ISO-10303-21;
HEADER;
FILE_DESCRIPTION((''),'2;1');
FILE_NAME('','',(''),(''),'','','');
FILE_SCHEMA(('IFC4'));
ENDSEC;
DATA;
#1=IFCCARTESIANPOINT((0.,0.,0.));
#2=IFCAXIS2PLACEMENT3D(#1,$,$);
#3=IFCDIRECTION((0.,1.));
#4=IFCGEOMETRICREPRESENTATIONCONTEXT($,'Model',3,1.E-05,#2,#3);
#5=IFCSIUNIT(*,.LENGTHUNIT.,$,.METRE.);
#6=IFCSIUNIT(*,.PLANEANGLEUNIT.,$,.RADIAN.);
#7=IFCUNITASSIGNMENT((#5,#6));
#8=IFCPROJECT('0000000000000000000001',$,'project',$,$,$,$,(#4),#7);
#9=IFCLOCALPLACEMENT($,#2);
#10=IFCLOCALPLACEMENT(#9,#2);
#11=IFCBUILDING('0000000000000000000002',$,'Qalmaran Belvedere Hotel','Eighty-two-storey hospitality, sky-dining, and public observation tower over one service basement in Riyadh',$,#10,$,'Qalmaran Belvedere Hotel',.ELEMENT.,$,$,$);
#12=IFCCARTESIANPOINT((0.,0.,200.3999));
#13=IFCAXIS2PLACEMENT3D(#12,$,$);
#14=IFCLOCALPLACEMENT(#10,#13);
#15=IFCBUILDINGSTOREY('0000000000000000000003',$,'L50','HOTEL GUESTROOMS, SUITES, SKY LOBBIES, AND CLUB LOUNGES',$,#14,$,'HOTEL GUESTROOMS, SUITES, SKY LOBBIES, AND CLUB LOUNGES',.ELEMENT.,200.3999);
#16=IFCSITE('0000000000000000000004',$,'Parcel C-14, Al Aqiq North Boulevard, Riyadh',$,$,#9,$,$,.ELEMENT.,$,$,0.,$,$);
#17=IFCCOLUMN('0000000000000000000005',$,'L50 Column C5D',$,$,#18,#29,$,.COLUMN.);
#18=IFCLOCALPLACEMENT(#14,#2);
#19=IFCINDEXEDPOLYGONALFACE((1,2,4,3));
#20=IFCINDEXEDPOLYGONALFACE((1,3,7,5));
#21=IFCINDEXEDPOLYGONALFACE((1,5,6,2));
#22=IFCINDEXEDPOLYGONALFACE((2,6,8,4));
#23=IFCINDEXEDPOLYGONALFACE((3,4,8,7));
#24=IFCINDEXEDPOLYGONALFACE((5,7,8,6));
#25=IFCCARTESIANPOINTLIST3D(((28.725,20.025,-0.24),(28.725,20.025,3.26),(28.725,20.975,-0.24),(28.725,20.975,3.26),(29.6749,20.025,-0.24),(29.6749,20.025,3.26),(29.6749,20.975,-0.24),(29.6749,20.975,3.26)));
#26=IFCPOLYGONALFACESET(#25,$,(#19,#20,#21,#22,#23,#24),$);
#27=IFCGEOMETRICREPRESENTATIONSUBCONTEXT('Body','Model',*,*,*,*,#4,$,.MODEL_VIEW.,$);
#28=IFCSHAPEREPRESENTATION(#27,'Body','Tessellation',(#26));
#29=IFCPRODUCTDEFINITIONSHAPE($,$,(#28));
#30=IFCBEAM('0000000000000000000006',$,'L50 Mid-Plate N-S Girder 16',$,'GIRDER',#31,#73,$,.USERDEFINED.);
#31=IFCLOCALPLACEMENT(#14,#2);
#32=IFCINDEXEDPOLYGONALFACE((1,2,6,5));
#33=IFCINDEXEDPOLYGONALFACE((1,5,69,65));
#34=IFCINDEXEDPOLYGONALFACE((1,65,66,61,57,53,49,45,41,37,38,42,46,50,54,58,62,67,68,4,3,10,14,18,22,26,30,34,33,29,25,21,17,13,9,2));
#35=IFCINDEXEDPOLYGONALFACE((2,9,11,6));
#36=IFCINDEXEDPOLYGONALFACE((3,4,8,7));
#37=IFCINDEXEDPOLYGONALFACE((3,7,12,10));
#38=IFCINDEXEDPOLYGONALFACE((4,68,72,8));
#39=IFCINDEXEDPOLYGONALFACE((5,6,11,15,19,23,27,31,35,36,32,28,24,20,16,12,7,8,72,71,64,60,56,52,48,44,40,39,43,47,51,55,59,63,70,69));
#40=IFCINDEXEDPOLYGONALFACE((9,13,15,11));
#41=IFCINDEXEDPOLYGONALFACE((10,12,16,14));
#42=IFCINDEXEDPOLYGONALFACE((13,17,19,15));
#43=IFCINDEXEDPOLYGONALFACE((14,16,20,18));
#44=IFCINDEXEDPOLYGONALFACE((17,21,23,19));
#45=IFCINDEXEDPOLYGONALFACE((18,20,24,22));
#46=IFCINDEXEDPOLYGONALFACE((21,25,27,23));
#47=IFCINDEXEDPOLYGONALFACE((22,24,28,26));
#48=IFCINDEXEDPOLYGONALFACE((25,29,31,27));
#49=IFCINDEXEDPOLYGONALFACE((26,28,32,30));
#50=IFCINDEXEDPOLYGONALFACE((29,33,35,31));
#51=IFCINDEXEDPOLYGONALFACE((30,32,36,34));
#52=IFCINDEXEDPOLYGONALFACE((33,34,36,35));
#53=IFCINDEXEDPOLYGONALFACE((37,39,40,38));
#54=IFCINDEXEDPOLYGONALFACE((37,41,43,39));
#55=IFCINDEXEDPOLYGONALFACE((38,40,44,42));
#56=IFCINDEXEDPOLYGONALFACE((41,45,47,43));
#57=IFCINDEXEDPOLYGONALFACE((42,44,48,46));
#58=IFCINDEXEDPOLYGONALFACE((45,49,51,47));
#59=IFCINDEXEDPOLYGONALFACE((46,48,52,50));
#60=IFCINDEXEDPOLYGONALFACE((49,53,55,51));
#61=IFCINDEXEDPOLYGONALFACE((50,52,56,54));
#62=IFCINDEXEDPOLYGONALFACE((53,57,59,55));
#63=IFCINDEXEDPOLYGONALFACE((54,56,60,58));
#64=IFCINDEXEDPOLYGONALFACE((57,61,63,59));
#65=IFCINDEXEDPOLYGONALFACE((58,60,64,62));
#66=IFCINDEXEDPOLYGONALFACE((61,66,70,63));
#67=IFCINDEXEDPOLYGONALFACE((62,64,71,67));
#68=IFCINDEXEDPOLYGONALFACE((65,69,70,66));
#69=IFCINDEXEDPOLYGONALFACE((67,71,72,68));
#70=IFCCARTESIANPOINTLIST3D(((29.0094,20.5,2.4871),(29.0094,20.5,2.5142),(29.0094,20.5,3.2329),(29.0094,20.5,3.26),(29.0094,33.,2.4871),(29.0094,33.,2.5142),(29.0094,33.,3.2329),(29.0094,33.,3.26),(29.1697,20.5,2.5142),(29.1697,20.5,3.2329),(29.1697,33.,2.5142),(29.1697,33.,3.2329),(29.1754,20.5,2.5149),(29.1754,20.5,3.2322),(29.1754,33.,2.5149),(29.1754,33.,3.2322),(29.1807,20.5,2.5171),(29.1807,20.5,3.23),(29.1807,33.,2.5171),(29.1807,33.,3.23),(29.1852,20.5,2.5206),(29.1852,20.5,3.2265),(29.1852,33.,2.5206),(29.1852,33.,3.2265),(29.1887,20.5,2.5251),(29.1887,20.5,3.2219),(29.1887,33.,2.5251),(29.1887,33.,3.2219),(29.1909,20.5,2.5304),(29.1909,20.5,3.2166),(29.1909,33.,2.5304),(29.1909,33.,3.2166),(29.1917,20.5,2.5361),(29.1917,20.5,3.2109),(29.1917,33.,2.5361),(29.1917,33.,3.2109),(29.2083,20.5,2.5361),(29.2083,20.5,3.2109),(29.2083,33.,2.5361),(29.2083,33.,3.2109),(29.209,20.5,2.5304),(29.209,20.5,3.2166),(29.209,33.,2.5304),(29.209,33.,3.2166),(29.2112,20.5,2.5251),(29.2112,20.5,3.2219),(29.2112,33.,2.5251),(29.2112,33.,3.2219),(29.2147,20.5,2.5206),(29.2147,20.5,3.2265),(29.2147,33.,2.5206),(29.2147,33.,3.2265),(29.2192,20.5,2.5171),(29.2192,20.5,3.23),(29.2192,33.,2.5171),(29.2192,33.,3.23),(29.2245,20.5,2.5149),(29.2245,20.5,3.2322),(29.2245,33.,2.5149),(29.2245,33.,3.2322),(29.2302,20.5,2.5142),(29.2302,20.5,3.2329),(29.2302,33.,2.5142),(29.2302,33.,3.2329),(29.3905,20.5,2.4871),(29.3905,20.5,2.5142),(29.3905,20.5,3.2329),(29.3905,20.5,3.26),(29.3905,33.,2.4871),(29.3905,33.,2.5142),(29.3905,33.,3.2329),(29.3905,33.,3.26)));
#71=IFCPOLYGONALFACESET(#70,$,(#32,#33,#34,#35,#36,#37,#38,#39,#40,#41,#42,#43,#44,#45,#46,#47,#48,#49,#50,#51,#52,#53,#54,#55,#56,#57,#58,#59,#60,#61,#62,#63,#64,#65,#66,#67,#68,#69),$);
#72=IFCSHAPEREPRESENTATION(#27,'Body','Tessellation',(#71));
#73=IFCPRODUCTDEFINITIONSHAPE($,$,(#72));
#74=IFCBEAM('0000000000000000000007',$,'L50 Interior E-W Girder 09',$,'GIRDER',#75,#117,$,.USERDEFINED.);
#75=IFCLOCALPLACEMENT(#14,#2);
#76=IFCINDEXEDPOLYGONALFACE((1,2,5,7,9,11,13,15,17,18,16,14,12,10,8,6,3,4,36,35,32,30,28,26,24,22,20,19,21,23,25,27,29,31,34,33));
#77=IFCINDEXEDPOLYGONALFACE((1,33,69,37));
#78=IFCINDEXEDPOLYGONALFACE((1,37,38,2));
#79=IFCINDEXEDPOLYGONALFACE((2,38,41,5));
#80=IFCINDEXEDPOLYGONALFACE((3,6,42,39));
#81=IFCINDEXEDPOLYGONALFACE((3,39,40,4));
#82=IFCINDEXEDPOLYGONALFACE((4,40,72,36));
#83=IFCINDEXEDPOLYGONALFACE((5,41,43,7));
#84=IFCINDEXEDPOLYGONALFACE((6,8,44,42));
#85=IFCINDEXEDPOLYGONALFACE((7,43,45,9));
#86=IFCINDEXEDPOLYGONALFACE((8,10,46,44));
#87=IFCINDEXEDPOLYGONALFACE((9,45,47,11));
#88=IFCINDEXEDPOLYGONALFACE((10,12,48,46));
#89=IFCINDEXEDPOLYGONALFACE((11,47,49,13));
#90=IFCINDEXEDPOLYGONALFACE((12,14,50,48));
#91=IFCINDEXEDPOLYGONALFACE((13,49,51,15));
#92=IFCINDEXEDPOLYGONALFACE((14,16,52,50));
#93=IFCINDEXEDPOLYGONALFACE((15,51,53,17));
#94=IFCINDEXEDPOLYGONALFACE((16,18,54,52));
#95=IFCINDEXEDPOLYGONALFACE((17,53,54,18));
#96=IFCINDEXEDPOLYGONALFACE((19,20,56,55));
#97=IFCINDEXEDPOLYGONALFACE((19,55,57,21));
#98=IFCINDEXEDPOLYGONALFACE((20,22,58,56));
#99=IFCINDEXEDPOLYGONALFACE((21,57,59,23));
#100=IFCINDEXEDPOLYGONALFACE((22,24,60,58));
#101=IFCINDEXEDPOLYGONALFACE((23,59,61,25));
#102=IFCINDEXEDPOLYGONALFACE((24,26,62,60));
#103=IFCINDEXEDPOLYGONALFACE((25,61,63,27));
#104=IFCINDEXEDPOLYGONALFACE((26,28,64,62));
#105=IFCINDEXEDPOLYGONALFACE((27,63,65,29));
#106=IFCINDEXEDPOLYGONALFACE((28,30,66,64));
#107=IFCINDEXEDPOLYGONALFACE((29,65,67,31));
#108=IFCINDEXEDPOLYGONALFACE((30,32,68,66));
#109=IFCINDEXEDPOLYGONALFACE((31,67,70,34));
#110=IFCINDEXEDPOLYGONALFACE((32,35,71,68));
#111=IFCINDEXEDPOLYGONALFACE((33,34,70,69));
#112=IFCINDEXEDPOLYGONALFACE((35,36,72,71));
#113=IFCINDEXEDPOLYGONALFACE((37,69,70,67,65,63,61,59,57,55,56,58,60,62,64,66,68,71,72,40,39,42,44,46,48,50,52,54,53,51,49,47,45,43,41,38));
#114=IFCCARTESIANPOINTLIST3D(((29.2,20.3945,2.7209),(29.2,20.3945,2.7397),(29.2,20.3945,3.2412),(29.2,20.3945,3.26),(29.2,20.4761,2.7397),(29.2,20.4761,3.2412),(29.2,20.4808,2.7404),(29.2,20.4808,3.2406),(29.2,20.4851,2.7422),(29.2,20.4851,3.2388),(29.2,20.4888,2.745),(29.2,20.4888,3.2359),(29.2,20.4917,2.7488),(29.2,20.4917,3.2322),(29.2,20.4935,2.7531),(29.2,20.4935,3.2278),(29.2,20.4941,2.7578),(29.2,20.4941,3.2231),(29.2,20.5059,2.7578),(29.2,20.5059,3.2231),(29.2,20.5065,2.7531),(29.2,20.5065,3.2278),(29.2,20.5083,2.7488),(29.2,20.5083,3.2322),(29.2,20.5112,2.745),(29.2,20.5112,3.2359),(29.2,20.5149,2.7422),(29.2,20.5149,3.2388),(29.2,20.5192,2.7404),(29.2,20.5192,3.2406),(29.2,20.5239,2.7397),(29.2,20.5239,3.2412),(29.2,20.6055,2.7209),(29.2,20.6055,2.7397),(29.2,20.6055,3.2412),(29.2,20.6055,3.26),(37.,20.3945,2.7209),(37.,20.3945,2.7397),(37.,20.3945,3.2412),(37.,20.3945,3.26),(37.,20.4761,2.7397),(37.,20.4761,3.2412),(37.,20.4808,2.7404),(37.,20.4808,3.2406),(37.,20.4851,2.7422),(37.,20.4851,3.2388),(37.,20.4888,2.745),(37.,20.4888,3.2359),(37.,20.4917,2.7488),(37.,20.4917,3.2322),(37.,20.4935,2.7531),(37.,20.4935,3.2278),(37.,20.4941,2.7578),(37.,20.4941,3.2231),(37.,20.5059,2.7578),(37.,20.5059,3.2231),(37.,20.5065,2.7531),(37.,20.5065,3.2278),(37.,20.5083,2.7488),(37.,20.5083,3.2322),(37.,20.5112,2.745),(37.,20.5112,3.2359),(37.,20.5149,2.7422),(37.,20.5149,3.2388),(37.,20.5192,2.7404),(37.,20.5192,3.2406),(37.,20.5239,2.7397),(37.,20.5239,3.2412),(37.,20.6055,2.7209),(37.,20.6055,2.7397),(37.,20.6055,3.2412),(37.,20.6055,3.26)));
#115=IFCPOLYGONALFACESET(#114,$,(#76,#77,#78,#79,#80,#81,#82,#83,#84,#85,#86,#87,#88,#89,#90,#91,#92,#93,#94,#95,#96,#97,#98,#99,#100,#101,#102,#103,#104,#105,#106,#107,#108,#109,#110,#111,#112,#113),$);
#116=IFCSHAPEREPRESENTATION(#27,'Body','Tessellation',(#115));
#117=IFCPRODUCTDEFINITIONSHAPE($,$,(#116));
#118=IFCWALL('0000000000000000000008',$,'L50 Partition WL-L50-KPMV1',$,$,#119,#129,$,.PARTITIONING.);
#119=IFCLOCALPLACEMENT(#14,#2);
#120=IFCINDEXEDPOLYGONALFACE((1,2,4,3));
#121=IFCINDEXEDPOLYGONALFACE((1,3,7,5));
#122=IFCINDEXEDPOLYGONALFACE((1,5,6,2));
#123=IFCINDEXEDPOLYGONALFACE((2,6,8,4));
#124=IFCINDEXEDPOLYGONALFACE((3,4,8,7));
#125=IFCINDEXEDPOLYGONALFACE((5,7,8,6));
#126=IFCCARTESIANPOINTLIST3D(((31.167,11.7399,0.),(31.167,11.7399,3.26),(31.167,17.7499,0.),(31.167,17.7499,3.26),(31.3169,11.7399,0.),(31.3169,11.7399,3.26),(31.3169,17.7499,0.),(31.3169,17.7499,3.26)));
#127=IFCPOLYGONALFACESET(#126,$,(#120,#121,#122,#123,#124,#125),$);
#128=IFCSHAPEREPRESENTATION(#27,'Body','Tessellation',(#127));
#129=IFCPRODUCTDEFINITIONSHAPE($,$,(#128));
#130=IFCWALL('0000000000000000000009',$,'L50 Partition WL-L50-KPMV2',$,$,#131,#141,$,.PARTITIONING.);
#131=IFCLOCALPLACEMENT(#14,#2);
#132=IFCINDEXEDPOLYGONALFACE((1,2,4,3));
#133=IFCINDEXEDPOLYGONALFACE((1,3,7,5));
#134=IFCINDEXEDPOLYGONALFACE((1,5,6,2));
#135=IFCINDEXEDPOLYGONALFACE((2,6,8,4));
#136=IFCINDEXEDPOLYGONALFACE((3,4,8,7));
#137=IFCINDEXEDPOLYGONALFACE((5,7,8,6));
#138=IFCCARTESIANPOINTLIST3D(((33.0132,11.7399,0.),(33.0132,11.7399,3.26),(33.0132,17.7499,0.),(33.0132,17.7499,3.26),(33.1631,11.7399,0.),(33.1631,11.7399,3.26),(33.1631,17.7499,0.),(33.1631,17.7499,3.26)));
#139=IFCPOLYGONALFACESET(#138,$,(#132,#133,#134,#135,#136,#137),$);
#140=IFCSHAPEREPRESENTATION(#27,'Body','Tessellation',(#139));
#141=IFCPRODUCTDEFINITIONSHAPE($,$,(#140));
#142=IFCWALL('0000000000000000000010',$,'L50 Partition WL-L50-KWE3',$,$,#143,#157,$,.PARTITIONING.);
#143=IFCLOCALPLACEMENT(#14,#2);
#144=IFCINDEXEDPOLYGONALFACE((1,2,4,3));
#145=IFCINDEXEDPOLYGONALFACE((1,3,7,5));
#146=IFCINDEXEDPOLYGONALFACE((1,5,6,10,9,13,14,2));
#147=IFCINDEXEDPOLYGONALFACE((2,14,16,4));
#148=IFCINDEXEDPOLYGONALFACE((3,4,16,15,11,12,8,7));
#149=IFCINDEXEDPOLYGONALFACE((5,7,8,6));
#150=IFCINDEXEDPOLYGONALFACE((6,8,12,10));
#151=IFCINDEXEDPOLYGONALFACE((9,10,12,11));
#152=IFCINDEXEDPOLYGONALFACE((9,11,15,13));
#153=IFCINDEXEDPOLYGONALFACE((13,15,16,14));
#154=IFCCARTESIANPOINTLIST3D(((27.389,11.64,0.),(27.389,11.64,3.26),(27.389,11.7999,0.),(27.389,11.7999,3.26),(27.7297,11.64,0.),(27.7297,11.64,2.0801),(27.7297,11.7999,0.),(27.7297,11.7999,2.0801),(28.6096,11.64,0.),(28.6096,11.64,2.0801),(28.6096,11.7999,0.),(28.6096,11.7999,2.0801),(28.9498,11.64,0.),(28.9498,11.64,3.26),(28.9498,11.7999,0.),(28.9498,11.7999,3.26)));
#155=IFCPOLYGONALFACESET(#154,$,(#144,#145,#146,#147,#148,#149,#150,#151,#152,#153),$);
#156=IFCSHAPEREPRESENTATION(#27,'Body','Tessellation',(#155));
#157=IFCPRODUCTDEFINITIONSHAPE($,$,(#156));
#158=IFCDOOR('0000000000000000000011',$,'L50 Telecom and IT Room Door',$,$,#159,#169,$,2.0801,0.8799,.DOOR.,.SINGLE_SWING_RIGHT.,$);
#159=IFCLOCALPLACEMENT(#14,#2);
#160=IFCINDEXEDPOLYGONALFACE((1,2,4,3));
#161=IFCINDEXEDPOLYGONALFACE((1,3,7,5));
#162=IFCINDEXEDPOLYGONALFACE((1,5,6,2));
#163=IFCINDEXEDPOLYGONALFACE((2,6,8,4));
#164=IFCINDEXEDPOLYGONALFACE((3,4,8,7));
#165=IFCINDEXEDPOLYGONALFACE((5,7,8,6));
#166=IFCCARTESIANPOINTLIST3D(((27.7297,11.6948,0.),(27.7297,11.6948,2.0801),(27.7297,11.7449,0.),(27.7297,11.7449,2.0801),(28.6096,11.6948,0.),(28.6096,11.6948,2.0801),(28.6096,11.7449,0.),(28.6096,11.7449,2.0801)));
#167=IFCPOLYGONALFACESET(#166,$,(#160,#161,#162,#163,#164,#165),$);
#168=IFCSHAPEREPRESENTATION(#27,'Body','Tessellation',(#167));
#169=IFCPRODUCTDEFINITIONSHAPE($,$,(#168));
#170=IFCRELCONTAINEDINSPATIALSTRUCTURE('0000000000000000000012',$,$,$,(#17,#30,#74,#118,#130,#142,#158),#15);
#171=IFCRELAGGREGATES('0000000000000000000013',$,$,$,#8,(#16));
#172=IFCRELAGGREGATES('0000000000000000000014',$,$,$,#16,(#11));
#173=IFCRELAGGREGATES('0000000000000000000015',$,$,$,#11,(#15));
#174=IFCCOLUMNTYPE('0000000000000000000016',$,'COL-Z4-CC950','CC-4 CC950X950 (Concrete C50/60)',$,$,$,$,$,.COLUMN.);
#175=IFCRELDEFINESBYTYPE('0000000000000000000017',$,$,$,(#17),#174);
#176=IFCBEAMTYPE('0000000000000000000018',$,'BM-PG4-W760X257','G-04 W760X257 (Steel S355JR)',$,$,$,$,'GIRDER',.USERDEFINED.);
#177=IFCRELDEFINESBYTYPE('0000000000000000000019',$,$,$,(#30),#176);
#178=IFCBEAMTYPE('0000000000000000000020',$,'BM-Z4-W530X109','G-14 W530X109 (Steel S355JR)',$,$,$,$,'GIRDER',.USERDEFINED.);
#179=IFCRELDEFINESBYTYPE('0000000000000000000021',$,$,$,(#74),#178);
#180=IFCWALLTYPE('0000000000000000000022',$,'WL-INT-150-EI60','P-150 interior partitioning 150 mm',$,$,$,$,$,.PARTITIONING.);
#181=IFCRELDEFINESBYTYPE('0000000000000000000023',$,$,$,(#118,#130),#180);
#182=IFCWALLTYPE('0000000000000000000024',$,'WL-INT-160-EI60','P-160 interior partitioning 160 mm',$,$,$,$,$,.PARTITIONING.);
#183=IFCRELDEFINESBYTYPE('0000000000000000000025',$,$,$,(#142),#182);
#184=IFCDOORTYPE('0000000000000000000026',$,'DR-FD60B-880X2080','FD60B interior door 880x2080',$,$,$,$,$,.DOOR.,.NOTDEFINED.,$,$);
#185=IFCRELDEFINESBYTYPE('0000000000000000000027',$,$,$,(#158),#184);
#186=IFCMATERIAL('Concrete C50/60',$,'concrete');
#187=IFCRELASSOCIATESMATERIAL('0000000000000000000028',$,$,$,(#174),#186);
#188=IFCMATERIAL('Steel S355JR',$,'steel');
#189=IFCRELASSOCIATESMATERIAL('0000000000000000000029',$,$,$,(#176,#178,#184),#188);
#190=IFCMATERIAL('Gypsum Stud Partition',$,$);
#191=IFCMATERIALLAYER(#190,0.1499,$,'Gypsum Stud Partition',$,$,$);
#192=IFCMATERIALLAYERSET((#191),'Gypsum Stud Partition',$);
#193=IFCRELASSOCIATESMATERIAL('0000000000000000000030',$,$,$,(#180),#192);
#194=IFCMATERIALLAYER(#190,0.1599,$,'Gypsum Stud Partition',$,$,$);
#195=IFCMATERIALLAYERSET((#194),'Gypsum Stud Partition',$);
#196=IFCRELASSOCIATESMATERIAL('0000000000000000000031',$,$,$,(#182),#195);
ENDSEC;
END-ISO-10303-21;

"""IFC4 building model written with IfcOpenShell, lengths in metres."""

from ifc_helpers import new_model, si_unit, direction, frame, frame_2d, origin, origin_2d, place, context, subcontext, project, spatial, rectangle, i_section, extrude, material, layer, layer_set, material_profile, profile_set, type_object, element, fill, save


model = new_model("IFC4")

# Units and contexts
model_context = context("Model", 3, precision=1e-05, world=origin(), true_north=direction((0.0, 1.0)))
body_context = subcontext(model_context, "Body", "Model", "MODEL_VIEW")
ifc_project = project(units=[si_unit("LENGTHUNIT", "METRE"), si_unit("PLANEANGLEUNIT", "RADIAN")], contexts=[model_context])

# Site, building, storey
site_placement = place(None, origin())
site = spatial("IfcSite", under=ifc_project, at=site_placement, Name="Parcel C-14, Al Aqiq North Boulevard, Riyadh", CompositionType="ELEMENT", RefElevation=0.0)
building_placement = place(site_placement, origin())
building = spatial("IfcBuilding", under=site, at=building_placement, Name="Qalmaran Belvedere Hotel", Description="Eighty-two-storey hospitality, sky-dining, and public observation tower over one service basement in Riyadh", LongName="Qalmaran Belvedere Hotel", CompositionType="ELEMENT")
storey_placement = place(building_placement, frame((0.0, 0.0, 200.3999)))
storey = spatial("IfcBuildingStorey", under=building, at=storey_placement, Name="L50", Description="HOTEL GUESTROOMS, SUITES, SKY LOBBIES, AND CLUB LOUNGES", LongName="HOTEL GUESTROOMS, SUITES, SKY LOBBIES, AND CLUB LOUNGES", CompositionType="ELEMENT", Elevation=200.3999)

# Column
ifc_material_1 = material(Name="Concrete C50/60", Category="concrete")
ifc_material_profile_1 = material_profile(ifc_material_1, rectangle(XDim=0.95, YDim=0.95, at=origin_2d()), Name="CC950X950")
ifc_profile_set_1 = profile_set([ifc_material_profile_1], Name="Concrete C50/60")
column_type = type_object("IfcColumnType", Name="COL-Z4-CC950", Description="CC-4 CC950X950 (Concrete C50/60)", PredefinedType="COLUMN", material=ifc_profile_set_1)
column_placement = place(storey_placement, frame((29.2, 20.5, -0.24), z_axis=(0.0, 0.0, 1.0), x_axis=(1.0, 0.0, 0.0)))
element("IfcColumn", 1, at=column_placement, inside=storey, type_object=column_type, Name="L50 Column C5D", PredefinedType="COLUMN", context=body_context, shape_type="SweptSolid", body=[
    extrude(rectangle(XDim=0.95, YDim=0.95, at=origin_2d()), origin(), (0.0, 0.0, 1.0), 3.5),
])

# Beams
ifc_material_2 = material(Name="Steel S355JR", Category="steel")
ifc_material_profile_2 = material_profile(ifc_material_2, i_section(OverallWidth=0.3811, OverallDepth=0.7729, WebThickness=0.0166, FlangeThickness=0.0271, FilletRadius=0.022, at=origin_2d()), Name="W760X257")
ifc_profile_set_2 = profile_set([ifc_material_profile_2], Name="Steel S355JR")
beam_type_1 = type_object("IfcBeamType", Name="BM-PG4-W760X257", Description="G-04 W760X257 (Steel S355JR)", ElementType="GIRDER", PredefinedType="USERDEFINED", material=ifc_profile_set_2)
beam_1_placement = place(storey_placement, frame((29.2, 20.5, 2.8735), z_axis=(0.0, 1.0, 0.0), x_axis=(-1.0, 0.0, 0.0)))
element("IfcBeam", 2, at=beam_1_placement, inside=storey, type_object=beam_type_1, Name="L50 Mid-Plate N-S Girder 16", ObjectType="GIRDER", PredefinedType="USERDEFINED", context=body_context, shape_type="SweptSolid", body=[
    extrude(i_section(OverallWidth=0.3811, OverallDepth=0.7729, WebThickness=0.0166, FlangeThickness=0.0271, FilletRadius=0.022, at=origin_2d()), origin(), (0.0, 0.0, 1.0), 12.5),
])
ifc_material_profile_3 = material_profile(ifc_material_2, i_section(OverallWidth=0.2109, OverallDepth=0.5391, WebThickness=0.0117, FlangeThickness=0.0188, FilletRadius=0.0181, at=origin_2d()), Name="W530X109")
ifc_profile_set_3 = profile_set([ifc_material_profile_3], Name="Steel S355JR")
beam_type_2 = type_object("IfcBeamType", Name="BM-Z4-W530X109", Description="G-14 W530X109 (Steel S355JR)", ElementType="GIRDER", PredefinedType="USERDEFINED", material=ifc_profile_set_3)
beam_2_placement = place(storey_placement, frame((29.2, 20.5, 2.9905), z_axis=(1.0, 0.0, 0.0), x_axis=(0.0, 1.0, 0.0)))
element("IfcBeam", 3, at=beam_2_placement, inside=storey, type_object=beam_type_2, Name="L50 Interior E-W Girder 09", ObjectType="GIRDER", PredefinedType="USERDEFINED", context=body_context, shape_type="SweptSolid", body=[
    extrude(i_section(OverallWidth=0.2109, OverallDepth=0.5391, WebThickness=0.0117, FlangeThickness=0.0188, FilletRadius=0.0181, at=origin_2d()), origin(), (0.0, 0.0, 1.0), 7.8),
])

# Walls
ifc_material_3 = material(Name="Gypsum Stud Partition")
ifc_layer_1 = layer(ifc_material_3, 0.1499, Name="Gypsum Stud Partition")
ifc_layer_set_1 = layer_set([ifc_layer_1], Name="Gypsum Stud Partition")
wall_type_1 = type_object("IfcWallType", Name="WL-INT-150-EI60", Description="P-150 interior partitioning 150 mm", PredefinedType="PARTITIONING", material=ifc_layer_set_1)
for number, where, z_axis, x_axis, name in (
    (4, (31.2419, 11.74, 0.0), (0.0, 0.0, 1.0), (0.0, 1.0, 0.0), "L50 Partition WL-L50-KPMV1"),
    (5, (33.0881, 11.74, 0.0), (0.0, 0.0, 1.0), (0.0, 1.0, 0.0), "L50 Partition WL-L50-KPMV2"),
):
    element("IfcWall", number, at=place(storey_placement, frame(where, z_axis=z_axis, x_axis=x_axis)), inside=storey, type_object=wall_type_1, Name=name, PredefinedType="PARTITIONING", context=body_context, shape_type="SweptSolid", body=[
        extrude(rectangle(XDim=6.01, YDim=0.1499, at=frame_2d((3.0049, 0.0))), origin(), (0.0, 0.0, 1.0), 3.26),
    ])

# Wall, opening, door
ifc_layer_2 = layer(ifc_material_3, 0.1599, Name="Gypsum Stud Partition")
ifc_layer_set_2 = layer_set([ifc_layer_2], Name="Gypsum Stud Partition")
wall_type_2 = type_object("IfcWallType", Name="WL-INT-160-EI60", Description="P-160 interior partitioning 160 mm", PredefinedType="PARTITIONING", material=ifc_layer_set_2)
wall_1_placement = place(storey_placement, frame((27.3892, 11.72, 0.0), z_axis=(0.0, 0.0, 1.0), x_axis=(1.0, 0.0, 0.0)))
wall_1 = element("IfcWall", 6, at=wall_1_placement, inside=storey, type_object=wall_type_2, Name="L50 Partition WL-L50-KWE3", PredefinedType="PARTITIONING", context=body_context, shape_type="SweptSolid", body=[
    extrude(rectangle(XDim=1.5608, YDim=0.1599, at=frame_2d((0.7803, 0.0))), origin(), (0.0, 0.0, 1.0), 3.26),
])
opening_1_placement = place(wall_1_placement, frame((0.3406, 0.0, 0.0)))
opening_1 = element("IfcOpeningElement", 7, at=opening_1_placement, cuts=wall_1, PredefinedType="OPENING", context=body_context, shape_type="SweptSolid", body=[
    extrude(rectangle(XDim=0.8799, YDim=2.0801, at=frame_2d((0.4399, 1.04))), frame((0.0, 0.0898, 0.0), z_axis=(0.0, -1.0, 0.0), x_axis=(1.0, 0.0, 0.0)), (0.0, 0.0, 1.0), 0.1799),
])
door_type_1 = type_object("IfcDoorType", Name="DR-FD60B-880X2080", Description="FD60B interior door 880x2080", OperationType="NOTDEFINED", PredefinedType="DOOR", material=ifc_material_2)
door_1_placement = place(opening_1_placement, origin())
door_1 = element("IfcDoor", 8, at=door_1_placement, inside=storey, type_object=door_type_1, Name="L50 Telecom and IT Room Door", OperationType="SINGLE_SWING_RIGHT", OverallHeight=2.0801, OverallWidth=0.8799, PredefinedType="DOOR", context=body_context, shape_type="SweptSolid", body=[
    extrude(rectangle(XDim=0.8799, YDim=2.0801, at=frame_2d((0.4399, 1.04))), frame((0.0, 0.0249, 0.0), z_axis=(0.0, -1.0, 0.0), x_axis=(1.0, 0.0, 0.0)), (0.0, 0.0, 1.0), 0.05),
])
fill(opening_1, door_1)

save(model, "model.ifc")
